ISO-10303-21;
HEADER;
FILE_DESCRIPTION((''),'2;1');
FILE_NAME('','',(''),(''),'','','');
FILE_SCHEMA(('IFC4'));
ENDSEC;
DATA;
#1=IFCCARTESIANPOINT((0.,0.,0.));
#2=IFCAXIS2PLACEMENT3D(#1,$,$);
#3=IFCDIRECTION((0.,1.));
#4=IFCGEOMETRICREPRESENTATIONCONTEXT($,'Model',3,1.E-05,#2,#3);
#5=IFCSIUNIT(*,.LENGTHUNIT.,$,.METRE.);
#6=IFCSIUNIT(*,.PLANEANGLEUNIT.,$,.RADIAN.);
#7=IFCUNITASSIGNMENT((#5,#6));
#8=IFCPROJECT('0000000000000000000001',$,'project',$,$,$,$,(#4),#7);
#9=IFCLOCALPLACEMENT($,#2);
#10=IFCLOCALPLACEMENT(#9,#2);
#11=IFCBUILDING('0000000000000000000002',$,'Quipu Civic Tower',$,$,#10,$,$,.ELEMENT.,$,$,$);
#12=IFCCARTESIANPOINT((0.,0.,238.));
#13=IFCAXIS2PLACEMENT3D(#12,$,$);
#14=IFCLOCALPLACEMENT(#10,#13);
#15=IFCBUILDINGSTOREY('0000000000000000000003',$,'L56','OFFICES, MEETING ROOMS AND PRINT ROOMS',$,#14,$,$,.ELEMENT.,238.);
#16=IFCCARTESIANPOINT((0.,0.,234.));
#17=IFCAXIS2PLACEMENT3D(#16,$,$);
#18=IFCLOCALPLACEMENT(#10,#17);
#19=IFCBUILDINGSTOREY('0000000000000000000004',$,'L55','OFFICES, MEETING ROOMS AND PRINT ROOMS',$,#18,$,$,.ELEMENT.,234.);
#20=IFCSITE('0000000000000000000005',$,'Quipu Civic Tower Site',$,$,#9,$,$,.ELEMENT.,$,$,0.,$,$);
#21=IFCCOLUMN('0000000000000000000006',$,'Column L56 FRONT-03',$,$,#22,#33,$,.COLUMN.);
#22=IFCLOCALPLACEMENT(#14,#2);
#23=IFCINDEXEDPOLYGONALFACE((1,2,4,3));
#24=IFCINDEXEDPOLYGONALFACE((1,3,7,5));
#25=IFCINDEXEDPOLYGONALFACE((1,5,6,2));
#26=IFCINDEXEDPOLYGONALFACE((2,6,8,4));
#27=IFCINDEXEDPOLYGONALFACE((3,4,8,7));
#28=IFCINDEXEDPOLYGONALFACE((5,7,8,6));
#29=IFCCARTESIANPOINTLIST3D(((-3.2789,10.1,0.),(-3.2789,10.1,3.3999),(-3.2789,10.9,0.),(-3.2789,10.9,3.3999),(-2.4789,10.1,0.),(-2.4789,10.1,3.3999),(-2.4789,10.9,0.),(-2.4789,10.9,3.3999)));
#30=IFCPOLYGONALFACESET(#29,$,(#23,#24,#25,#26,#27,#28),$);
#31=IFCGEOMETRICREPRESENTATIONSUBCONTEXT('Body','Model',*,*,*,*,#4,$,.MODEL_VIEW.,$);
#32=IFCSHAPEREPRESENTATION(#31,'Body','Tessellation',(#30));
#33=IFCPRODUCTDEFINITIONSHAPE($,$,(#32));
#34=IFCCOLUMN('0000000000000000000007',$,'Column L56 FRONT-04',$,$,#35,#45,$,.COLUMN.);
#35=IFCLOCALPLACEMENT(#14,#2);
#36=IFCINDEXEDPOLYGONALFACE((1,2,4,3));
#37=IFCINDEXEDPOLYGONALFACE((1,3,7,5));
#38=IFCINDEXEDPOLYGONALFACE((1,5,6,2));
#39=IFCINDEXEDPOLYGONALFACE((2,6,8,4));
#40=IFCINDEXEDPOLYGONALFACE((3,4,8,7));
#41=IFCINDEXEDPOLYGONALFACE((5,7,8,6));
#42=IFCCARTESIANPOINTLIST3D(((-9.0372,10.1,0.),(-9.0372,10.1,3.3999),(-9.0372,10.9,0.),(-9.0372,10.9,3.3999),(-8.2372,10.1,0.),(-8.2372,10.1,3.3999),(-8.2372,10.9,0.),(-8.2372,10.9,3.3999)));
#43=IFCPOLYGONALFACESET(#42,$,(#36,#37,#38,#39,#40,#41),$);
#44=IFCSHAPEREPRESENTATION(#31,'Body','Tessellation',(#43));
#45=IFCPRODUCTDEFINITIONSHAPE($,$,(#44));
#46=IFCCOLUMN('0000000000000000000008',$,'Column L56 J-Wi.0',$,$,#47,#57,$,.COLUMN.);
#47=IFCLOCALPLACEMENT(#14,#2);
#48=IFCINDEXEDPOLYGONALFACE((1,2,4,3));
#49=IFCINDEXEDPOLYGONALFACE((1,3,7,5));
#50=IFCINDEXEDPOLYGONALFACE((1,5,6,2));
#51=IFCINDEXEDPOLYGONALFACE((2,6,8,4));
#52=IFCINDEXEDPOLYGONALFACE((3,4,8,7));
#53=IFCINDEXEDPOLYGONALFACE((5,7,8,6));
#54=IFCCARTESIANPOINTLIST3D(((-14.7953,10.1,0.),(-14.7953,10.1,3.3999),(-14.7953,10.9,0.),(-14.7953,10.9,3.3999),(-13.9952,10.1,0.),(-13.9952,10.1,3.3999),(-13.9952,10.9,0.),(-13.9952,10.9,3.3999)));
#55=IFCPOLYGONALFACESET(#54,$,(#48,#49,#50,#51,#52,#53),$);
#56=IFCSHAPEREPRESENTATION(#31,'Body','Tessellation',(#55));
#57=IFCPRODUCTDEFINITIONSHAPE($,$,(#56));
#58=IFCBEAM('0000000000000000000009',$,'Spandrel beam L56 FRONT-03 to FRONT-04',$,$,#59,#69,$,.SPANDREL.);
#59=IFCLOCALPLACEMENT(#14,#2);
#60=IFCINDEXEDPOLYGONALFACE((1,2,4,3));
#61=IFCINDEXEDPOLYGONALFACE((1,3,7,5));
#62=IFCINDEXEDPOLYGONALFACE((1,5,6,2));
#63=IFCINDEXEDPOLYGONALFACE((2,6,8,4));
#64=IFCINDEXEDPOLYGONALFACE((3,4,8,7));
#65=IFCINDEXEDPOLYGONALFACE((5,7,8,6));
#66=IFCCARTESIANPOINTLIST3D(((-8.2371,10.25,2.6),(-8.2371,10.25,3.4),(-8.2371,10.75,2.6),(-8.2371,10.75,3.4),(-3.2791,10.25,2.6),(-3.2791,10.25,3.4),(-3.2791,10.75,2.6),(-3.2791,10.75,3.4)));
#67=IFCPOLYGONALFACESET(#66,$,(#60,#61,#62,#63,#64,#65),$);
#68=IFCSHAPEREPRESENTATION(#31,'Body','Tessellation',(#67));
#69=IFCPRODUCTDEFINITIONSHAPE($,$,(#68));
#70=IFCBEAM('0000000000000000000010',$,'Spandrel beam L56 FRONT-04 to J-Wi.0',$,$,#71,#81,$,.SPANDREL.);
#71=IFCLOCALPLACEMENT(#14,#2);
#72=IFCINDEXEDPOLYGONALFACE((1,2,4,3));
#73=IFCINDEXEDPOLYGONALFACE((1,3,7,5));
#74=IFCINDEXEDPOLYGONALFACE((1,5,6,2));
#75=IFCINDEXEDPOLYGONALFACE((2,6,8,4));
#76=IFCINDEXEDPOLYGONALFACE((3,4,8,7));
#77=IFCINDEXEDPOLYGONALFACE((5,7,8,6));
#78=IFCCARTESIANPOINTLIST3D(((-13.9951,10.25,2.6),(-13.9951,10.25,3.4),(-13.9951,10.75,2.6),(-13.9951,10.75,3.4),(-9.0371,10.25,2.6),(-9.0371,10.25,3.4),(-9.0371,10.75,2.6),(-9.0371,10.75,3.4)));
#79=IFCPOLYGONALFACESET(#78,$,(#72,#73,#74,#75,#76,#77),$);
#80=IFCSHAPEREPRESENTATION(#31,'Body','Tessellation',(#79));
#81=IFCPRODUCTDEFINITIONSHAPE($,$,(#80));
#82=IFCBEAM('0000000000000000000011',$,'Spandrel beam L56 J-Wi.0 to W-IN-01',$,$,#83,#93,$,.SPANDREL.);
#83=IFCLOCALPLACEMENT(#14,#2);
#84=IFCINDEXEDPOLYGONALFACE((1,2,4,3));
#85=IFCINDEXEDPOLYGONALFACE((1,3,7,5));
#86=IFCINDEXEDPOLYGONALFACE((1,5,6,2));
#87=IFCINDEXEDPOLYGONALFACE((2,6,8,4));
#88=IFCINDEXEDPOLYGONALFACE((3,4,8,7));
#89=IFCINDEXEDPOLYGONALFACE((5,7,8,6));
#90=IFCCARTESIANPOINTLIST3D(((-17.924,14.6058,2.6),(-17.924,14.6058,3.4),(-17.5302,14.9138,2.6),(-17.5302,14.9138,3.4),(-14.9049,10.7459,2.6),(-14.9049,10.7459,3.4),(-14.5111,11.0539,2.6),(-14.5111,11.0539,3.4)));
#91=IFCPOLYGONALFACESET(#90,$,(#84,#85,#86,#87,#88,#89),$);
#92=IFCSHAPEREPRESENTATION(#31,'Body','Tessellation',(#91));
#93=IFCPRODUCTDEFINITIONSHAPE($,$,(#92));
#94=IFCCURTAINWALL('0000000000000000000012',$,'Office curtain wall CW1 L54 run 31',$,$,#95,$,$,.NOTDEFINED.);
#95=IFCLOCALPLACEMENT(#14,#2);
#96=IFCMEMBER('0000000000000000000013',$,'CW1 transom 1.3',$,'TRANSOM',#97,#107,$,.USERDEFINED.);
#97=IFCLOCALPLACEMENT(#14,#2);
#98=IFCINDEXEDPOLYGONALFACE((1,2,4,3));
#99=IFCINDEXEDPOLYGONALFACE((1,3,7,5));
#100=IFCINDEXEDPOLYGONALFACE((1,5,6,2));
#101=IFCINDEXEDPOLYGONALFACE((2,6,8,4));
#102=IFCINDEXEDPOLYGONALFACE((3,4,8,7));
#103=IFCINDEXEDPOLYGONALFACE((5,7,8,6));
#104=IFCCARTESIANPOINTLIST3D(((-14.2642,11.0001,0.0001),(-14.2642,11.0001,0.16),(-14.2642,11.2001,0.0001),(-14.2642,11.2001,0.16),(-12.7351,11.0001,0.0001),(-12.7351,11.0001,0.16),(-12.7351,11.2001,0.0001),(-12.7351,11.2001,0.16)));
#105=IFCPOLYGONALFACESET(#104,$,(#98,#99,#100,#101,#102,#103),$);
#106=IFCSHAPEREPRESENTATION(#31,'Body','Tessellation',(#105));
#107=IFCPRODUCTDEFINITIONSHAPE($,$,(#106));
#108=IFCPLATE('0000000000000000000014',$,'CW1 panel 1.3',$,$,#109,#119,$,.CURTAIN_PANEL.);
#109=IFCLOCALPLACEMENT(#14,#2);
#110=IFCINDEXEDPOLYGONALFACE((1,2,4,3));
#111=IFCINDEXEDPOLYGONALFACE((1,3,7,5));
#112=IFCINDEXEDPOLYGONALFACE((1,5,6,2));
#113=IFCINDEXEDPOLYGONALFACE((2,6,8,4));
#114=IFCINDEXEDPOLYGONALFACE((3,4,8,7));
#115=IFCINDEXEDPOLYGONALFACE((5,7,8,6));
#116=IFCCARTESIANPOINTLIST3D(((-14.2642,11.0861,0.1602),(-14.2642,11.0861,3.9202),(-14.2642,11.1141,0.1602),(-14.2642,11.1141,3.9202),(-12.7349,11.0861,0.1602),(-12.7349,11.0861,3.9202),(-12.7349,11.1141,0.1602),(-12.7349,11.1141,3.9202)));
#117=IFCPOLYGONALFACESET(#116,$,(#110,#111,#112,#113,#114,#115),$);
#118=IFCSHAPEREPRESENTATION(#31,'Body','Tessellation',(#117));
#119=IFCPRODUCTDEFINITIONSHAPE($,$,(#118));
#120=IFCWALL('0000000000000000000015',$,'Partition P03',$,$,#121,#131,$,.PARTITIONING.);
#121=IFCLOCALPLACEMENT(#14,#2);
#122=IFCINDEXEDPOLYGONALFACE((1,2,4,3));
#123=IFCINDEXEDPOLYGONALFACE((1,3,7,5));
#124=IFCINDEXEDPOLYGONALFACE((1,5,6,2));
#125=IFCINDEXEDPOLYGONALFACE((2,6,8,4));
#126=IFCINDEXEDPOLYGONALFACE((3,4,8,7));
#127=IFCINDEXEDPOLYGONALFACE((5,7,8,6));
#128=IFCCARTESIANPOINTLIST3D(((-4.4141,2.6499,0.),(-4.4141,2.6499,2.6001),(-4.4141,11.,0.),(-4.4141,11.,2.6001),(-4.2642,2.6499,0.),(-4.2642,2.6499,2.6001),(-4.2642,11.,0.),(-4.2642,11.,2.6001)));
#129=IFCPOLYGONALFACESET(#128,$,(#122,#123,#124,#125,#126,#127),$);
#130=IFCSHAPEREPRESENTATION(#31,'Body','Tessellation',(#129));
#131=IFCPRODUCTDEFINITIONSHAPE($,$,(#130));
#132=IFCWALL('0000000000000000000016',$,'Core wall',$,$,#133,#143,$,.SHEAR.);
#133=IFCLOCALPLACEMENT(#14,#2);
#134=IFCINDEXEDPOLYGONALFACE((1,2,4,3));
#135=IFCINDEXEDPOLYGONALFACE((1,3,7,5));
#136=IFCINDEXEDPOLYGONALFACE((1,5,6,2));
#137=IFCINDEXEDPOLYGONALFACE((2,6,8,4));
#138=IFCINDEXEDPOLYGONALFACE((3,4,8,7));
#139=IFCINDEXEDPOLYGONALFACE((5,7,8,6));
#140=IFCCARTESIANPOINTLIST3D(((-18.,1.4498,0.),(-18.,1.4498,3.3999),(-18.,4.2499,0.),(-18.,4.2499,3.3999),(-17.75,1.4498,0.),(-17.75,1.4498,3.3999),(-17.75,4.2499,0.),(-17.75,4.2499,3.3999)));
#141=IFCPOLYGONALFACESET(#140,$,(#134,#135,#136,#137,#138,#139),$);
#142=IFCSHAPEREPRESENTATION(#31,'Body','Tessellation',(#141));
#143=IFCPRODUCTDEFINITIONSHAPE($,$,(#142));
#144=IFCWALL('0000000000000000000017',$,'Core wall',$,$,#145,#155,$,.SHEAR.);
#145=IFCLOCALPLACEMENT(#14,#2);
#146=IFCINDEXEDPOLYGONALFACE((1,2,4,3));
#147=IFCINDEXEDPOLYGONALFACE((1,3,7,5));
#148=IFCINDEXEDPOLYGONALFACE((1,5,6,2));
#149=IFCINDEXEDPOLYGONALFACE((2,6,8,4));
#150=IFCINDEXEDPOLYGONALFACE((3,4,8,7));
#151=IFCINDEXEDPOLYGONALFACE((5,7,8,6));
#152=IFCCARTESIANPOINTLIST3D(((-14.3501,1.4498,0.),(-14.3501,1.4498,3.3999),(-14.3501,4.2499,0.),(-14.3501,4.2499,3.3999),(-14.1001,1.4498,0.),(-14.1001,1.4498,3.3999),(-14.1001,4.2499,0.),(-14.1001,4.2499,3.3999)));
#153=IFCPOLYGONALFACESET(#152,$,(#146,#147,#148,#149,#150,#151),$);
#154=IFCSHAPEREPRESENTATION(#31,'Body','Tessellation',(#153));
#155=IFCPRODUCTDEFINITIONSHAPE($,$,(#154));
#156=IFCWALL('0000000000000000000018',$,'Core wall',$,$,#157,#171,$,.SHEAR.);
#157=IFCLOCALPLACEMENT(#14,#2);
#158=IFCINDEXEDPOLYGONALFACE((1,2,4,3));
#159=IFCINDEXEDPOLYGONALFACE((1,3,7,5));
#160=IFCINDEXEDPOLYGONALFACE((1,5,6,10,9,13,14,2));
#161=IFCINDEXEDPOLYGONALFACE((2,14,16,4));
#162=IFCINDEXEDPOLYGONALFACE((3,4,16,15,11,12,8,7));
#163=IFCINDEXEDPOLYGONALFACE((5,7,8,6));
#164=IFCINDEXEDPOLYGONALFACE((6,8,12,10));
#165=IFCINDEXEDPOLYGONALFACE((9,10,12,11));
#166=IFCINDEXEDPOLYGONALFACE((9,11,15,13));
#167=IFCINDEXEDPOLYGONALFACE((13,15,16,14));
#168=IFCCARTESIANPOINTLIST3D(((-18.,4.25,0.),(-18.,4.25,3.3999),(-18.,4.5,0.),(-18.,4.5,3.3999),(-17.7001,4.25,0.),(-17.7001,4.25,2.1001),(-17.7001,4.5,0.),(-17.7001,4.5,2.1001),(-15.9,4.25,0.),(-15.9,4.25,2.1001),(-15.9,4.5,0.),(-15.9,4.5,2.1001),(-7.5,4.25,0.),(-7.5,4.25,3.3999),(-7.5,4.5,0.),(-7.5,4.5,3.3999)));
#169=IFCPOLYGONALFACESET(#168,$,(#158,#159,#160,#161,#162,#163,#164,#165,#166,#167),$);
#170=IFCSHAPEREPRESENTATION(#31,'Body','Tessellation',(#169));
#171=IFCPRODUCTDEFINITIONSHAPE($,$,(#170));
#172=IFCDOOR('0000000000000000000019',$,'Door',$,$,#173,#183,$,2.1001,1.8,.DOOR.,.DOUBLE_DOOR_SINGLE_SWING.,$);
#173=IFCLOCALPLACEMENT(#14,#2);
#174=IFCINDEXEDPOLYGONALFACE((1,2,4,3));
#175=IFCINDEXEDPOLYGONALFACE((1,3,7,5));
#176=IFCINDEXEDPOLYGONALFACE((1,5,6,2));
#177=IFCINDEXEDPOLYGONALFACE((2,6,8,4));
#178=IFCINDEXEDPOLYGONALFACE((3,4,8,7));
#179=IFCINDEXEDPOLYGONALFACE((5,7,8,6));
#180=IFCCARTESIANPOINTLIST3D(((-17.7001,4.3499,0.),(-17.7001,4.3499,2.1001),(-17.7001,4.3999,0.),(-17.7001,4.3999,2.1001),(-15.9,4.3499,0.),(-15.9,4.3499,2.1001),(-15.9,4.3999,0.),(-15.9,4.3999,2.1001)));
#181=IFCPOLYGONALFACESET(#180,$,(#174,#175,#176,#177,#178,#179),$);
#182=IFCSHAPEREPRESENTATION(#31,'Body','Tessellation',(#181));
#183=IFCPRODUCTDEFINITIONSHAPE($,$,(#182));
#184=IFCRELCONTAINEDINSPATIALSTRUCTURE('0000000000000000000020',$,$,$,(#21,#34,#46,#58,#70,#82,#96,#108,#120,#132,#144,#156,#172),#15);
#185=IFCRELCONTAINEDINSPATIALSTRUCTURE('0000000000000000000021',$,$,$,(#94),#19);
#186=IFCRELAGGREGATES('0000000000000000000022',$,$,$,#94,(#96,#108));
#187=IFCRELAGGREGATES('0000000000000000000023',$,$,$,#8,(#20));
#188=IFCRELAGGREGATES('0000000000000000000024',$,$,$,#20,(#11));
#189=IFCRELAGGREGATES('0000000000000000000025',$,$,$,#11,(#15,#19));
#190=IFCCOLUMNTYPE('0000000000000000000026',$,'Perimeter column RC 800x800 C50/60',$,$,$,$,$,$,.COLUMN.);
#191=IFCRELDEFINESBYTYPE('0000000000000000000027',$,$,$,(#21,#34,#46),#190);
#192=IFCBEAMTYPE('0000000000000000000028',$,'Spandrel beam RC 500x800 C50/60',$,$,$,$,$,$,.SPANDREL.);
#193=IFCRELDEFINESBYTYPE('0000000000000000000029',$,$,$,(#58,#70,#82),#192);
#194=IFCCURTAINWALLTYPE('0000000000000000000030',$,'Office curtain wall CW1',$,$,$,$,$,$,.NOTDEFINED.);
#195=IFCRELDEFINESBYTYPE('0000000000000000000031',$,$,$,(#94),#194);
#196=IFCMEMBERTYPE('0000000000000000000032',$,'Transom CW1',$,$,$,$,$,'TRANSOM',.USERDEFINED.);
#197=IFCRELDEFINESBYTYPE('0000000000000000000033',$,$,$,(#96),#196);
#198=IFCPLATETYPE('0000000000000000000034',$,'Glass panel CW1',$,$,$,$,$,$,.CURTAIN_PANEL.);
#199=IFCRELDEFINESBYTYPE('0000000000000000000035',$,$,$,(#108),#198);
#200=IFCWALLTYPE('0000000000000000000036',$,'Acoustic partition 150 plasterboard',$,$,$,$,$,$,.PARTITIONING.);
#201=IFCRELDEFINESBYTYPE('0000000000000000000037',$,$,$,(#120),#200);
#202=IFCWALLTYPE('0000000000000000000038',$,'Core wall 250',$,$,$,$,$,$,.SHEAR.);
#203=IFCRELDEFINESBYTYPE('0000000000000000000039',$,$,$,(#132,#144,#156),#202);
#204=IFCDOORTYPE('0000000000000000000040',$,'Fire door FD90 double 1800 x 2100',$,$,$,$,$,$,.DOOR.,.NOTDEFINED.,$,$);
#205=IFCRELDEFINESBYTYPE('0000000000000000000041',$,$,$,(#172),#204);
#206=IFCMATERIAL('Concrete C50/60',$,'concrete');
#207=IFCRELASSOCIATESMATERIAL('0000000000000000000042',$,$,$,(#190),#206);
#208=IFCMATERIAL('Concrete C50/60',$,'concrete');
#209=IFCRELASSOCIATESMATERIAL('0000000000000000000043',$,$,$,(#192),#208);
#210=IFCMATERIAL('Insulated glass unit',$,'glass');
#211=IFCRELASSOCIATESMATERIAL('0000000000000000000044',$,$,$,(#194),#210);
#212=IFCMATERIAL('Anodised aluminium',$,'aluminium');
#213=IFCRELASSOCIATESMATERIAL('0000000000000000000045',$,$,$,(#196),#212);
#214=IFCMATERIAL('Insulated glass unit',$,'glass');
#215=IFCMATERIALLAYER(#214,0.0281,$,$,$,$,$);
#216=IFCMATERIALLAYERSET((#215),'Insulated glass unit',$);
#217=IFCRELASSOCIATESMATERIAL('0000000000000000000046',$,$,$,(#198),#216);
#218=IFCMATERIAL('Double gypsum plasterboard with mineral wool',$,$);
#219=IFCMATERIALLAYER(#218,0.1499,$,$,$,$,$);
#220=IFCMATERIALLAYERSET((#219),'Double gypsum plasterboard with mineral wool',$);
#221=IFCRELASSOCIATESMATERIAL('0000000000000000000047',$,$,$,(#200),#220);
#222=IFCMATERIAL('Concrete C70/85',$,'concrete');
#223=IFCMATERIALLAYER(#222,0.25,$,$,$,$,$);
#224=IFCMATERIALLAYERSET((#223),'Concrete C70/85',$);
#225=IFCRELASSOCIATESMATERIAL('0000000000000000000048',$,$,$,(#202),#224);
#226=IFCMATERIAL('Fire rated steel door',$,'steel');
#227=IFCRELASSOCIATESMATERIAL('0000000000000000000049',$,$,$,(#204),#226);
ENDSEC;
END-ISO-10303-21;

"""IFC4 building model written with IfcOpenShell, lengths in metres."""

from ifc_helpers import new_model, si_unit, direction, frame, frame_2d, origin, origin_2d, place, context, subcontext, project, spatial, rectangle, extrude, material, layer, layer_set, material_profile, profile_set, type_object, element, fill, aggregate, save


model = new_model("IFC4")

# Units and contexts
model_context = context("Model", 3, precision=1e-05, world=origin(), true_north=direction((0.0, 1.0)))
body_context = subcontext(model_context, "Body", "Model", "MODEL_VIEW")
ifc_project = project(units=[si_unit("LENGTHUNIT", "METRE"), si_unit("PLANEANGLEUNIT", "RADIAN")], contexts=[model_context])

# Site, building, storey
site_placement = place(None, origin())
site = spatial("IfcSite", under=ifc_project, at=site_placement, Name="Quipu Civic Tower Site", CompositionType="ELEMENT", RefElevation=0.0)
building_placement = place(site_placement, origin())
building = spatial("IfcBuilding", under=site, at=building_placement, Name="Quipu Civic Tower", CompositionType="ELEMENT")
storey_1_placement = place(building_placement, frame((0.0, 0.0, 238.0)))
storey_1 = spatial("IfcBuildingStorey", under=building, at=storey_1_placement, Name="L56", Description="OFFICES, MEETING ROOMS AND PRINT ROOMS", CompositionType="ELEMENT", Elevation=238.0)

# Columns
ifc_material_1 = material(Name="Concrete C50/60", Category="concrete")
ifc_material_profile_1 = material_profile(ifc_material_1, rectangle(XDim=0.8, YDim=0.8, at=origin_2d()), Name="RC800x800")
ifc_profile_set_1 = profile_set([ifc_material_profile_1], Name="Concrete C50/60")
column_type = type_object("IfcColumnType", Name="Perimeter column RC 800x800 C50/60", PredefinedType="COLUMN", material=ifc_profile_set_1)
for number, where, z_axis, x_axis, name in (
    (1, (-2.8789, 10.5, 0.0), (0.0, 0.0, 1.0), (-1.0, 0.0, 0.0), "Column L56 FRONT-03"),
    (2, (-8.6372, 10.5, 0.0), (0.0, 0.0, 1.0), (-1.0, 0.0, 0.0), "Column L56 FRONT-04"),
    (3, (-14.3953, 10.5, 0.0), (0.0, 0.0, 1.0), (-1.0, 0.0, 0.0), "Column L56 J-Wi.0"),
):
    element("IfcColumn", number, at=place(storey_1_placement, frame(where, z_axis=z_axis, x_axis=x_axis)), inside=storey_1, type_object=column_type, Name=name, PredefinedType="COLUMN", context=body_context, shape_type="SweptSolid", body=[
        extrude(rectangle(XDim=0.8, YDim=0.8, at=origin_2d()), origin(), (0.0, 0.0, 1.0), 3.3999),
    ])

# Beams
ifc_material_2 = material(Name="Concrete C50/60", Category="concrete")
ifc_material_profile_2 = material_profile(ifc_material_2, rectangle(XDim=0.5, YDim=0.8, at=origin_2d()), Name="RC500x800")
ifc_profile_set_2 = profile_set([ifc_material_profile_2], Name="Concrete C50/60")
beam_type = type_object("IfcBeamType", Name="Spandrel beam RC 500x800 C50/60", PredefinedType="SPANDREL", material=ifc_profile_set_2)
for number, where, z_axis, x_axis, name in (
    (4, (-3.2791, 10.5, 3.0), (-1.0, 0.0, 0.0), (0.0, -1.0, 0.0), "Spandrel beam L56 FRONT-03 to FRONT-04"),
    (5, (-9.0371, 10.5, 3.0), (-1.0, 0.0, 0.0), (0.0, -1.0, 0.0), "Spandrel beam L56 FRONT-04 to J-Wi.0"),
):
    element("IfcBeam", number, at=place(storey_1_placement, frame(where, z_axis=z_axis, x_axis=x_axis)), inside=storey_1, type_object=beam_type, Name=name, PredefinedType="SPANDREL", context=body_context, shape_type="SweptSolid", body=[
        extrude(rectangle(XDim=0.5, YDim=0.8, at=origin_2d()), origin(), (0.0, 0.0, 1.0), 4.958),
    ])
beam_placement = place(storey_1_placement, frame((-14.708, 10.8999, 3.0), z_axis=(-0.616091, 0.787675, 0.0), x_axis=(-0.787675, -0.616091, 0.0)))
element("IfcBeam", 6, at=beam_placement, inside=storey_1, type_object=beam_type, Name="Spandrel beam L56 J-Wi.0 to W-IN-01", PredefinedType="SPANDREL", context=body_context, shape_type="SweptSolid", body=[
    extrude(rectangle(XDim=0.5, YDim=0.8, at=origin_2d()), origin(), (0.0, 0.0, 1.0), 4.9004),
])

# Shared definitions
storey_2_placement = place(building_placement, frame((0.0, 0.0, 234.0)))
storey_2 = spatial("IfcBuildingStorey", under=building, at=storey_2_placement, Name="L55", Description="OFFICES, MEETING ROOMS AND PRINT ROOMS", CompositionType="ELEMENT", Elevation=234.0)

# Curtain wall, member, plate
ifc_material_3 = material(Name="Insulated glass unit", Category="glass")
curtain_wall_type = type_object("IfcCurtainWallType", Name="Office curtain wall CW1", PredefinedType="NOTDEFINED", material=ifc_material_3)
curtain_wall_placement = place(storey_2_placement, origin())
curtain_wall = element("IfcCurtainWall", 7, at=curtain_wall_placement, inside=storey_2, type_object=curtain_wall_type, Name="Office curtain wall CW1 L54 run 31", PredefinedType="NOTDEFINED")
ifc_material_4 = material(Name="Anodised aluminium", Category="aluminium")
ifc_material_profile_3 = material_profile(ifc_material_4, rectangle(XDim=0.2, YDim=0.1599, at=origin_2d()), Name="RECT 200x160")
ifc_profile_set_3 = profile_set([ifc_material_profile_3], Name="Anodised aluminium")
member_type = type_object("IfcMemberType", Name="Transom CW1", ElementType="TRANSOM", PredefinedType="USERDEFINED", material=ifc_profile_set_3)
member_placement = place(storey_1_placement, frame((-12.7351, 11.1001, 0.0801), z_axis=(-1.0, 0.0, 0.0), x_axis=(0.0, -1.0, 0.0)))
member = element("IfcMember", 8, at=member_placement, inside=storey_1, type_object=member_type, Name="CW1 transom 1.3", ObjectType="TRANSOM", PredefinedType="USERDEFINED", context=body_context, shape_type="SweptSolid", body=[
    extrude(rectangle(XDim=0.2, YDim=0.1599, at=origin_2d()), origin(), (0.0, 0.0, 1.0), 1.5291),
])
ifc_material_5 = material(Name="Insulated glass unit", Category="glass")
ifc_layer_1 = layer(ifc_material_5, 0.0281)
ifc_layer_set_1 = layer_set([ifc_layer_1], Name="Insulated glass unit")
plate_type = type_object("IfcPlateType", Name="Glass panel CW1", PredefinedType="CURTAIN_PANEL", material=ifc_layer_set_1)
plate_placement = place(storey_1_placement, frame((-13.4995, 11.1001, 0.1602), z_axis=(0.0, 0.0, 1.0), x_axis=(-1.0, 0.0, 0.0)))
plate = element("IfcPlate", 9, at=plate_placement, inside=storey_1, type_object=plate_type, Name="CW1 panel 1.3", PredefinedType="CURTAIN_PANEL", context=body_context, shape_type="SweptSolid", body=[
    extrude(rectangle(XDim=1.5293, YDim=0.0281, at=origin_2d()), origin(), (0.0, 0.0, 1.0), 3.76),
])
aggregate(curtain_wall, [member, plate])

# Walls
ifc_material_6 = material(Name="Double gypsum plasterboard with mineral wool")
ifc_layer_2 = layer(ifc_material_6, 0.1499)
ifc_layer_set_2 = layer_set([ifc_layer_2], Name="Double gypsum plasterboard with mineral wool")
wall_type_1 = type_object("IfcWallType", Name="Acoustic partition 150 plasterboard", PredefinedType="PARTITIONING", material=ifc_layer_set_2)
wall_1_placement = place(storey_1_placement, frame((-4.3391, 2.6499, 0.0), z_axis=(0.0, 0.0, 1.0), x_axis=(0.0, 1.0, 0.0)))
element("IfcWall", 10, at=wall_1_placement, inside=storey_1, type_object=wall_type_1, Name="Partition P03", PredefinedType="PARTITIONING", context=body_context, shape_type="SweptSolid", body=[
    extrude(rectangle(XDim=8.3501, YDim=0.1499, at=frame_2d((4.175, 0.0))), origin(), (0.0, 0.0, 1.0), 2.6001),
])
ifc_material_7 = material(Name="Concrete C70/85", Category="concrete")
ifc_layer_3 = layer(ifc_material_7, 0.25)
ifc_layer_set_3 = layer_set([ifc_layer_3], Name="Concrete C70/85")
wall_type_2 = type_object("IfcWallType", Name="Core wall 250", PredefinedType="SHEAR", material=ifc_layer_set_3)
for number, where, z_axis, x_axis, name in (
    (11, (-17.875, 1.45, 0.0), (0.0, 0.0, 1.0), (0.0, 1.0, 0.0), "Core wall"),
    (12, (-14.2251, 1.45, 0.0), (0.0, 0.0, 1.0), (0.0, 1.0, 0.0), "Core wall"),
):
    element("IfcWall", number, at=place(storey_1_placement, frame(where, z_axis=z_axis, x_axis=x_axis)), inside=storey_1, type_object=wall_type_2, Name=name, PredefinedType="SHEAR", context=body_context, shape_type="SweptSolid", body=[
        extrude(rectangle(XDim=2.8, YDim=0.25, at=frame_2d((1.3999, 0.0))), origin(), (0.0, 0.0, 1.0), 3.3999),
    ])

# Wall, opening, door
wall_2_placement = place(storey_1_placement, frame((-18.0, 4.375, 0.0), z_axis=(0.0, 0.0, 1.0), x_axis=(1.0, 0.0, 0.0)))
wall_2 = element("IfcWall", 13, at=wall_2_placement, inside=storey_1, type_object=wall_type_2, Name="Core wall", PredefinedType="SHEAR", context=body_context, shape_type="SweptSolid", body=[
    extrude(rectangle(XDim=10.5, YDim=0.25, at=frame_2d((5.25, 0.0))), origin(), (0.0, 0.0, 1.0), 3.3999),
])
opening_1_placement = place(wall_2_placement, frame((0.3, 0.0, 0.0)))
opening_1 = element("IfcOpeningElement", 14, at=opening_1_placement, cuts=wall_2, PredefinedType="OPENING", context=body_context, shape_type="SweptSolid", body=[
    extrude(rectangle(XDim=1.8, YDim=2.1001, at=frame_2d((0.8999, 1.05))), frame((0.0, 0.135, 0.0), z_axis=(0.0, -1.0, 0.0), x_axis=(1.0, 0.0, 0.0)), (0.0, 0.0, 1.0), 0.27),
])
ifc_material_8 = material(Name="Fire rated steel door", Category="steel")
door_type_1 = type_object("IfcDoorType", Name="Fire door FD90 double 1800 x 2100", OperationType="NOTDEFINED", PredefinedType="DOOR", material=ifc_material_8)
door_1_placement = place(opening_1_placement, origin())
door_1 = element("IfcDoor", 15, at=door_1_placement, inside=storey_1, type_object=door_type_1, Name="Door", OperationType="DOUBLE_DOOR_SINGLE_SWING", OverallHeight=2.1001, OverallWidth=1.8, PredefinedType="DOOR", context=body_context, shape_type="SweptSolid", body=[
    extrude(rectangle(XDim=1.8, YDim=2.1001, at=frame_2d((0.8999, 1.05))), frame((0.0, 0.0249, 0.0), z_axis=(0.0, -1.0, 0.0), x_axis=(1.0, 0.0, 0.0)), (0.0, 0.0, 1.0), 0.05),
])
fill(opening_1, door_1)

save(model, "model.ifc")
